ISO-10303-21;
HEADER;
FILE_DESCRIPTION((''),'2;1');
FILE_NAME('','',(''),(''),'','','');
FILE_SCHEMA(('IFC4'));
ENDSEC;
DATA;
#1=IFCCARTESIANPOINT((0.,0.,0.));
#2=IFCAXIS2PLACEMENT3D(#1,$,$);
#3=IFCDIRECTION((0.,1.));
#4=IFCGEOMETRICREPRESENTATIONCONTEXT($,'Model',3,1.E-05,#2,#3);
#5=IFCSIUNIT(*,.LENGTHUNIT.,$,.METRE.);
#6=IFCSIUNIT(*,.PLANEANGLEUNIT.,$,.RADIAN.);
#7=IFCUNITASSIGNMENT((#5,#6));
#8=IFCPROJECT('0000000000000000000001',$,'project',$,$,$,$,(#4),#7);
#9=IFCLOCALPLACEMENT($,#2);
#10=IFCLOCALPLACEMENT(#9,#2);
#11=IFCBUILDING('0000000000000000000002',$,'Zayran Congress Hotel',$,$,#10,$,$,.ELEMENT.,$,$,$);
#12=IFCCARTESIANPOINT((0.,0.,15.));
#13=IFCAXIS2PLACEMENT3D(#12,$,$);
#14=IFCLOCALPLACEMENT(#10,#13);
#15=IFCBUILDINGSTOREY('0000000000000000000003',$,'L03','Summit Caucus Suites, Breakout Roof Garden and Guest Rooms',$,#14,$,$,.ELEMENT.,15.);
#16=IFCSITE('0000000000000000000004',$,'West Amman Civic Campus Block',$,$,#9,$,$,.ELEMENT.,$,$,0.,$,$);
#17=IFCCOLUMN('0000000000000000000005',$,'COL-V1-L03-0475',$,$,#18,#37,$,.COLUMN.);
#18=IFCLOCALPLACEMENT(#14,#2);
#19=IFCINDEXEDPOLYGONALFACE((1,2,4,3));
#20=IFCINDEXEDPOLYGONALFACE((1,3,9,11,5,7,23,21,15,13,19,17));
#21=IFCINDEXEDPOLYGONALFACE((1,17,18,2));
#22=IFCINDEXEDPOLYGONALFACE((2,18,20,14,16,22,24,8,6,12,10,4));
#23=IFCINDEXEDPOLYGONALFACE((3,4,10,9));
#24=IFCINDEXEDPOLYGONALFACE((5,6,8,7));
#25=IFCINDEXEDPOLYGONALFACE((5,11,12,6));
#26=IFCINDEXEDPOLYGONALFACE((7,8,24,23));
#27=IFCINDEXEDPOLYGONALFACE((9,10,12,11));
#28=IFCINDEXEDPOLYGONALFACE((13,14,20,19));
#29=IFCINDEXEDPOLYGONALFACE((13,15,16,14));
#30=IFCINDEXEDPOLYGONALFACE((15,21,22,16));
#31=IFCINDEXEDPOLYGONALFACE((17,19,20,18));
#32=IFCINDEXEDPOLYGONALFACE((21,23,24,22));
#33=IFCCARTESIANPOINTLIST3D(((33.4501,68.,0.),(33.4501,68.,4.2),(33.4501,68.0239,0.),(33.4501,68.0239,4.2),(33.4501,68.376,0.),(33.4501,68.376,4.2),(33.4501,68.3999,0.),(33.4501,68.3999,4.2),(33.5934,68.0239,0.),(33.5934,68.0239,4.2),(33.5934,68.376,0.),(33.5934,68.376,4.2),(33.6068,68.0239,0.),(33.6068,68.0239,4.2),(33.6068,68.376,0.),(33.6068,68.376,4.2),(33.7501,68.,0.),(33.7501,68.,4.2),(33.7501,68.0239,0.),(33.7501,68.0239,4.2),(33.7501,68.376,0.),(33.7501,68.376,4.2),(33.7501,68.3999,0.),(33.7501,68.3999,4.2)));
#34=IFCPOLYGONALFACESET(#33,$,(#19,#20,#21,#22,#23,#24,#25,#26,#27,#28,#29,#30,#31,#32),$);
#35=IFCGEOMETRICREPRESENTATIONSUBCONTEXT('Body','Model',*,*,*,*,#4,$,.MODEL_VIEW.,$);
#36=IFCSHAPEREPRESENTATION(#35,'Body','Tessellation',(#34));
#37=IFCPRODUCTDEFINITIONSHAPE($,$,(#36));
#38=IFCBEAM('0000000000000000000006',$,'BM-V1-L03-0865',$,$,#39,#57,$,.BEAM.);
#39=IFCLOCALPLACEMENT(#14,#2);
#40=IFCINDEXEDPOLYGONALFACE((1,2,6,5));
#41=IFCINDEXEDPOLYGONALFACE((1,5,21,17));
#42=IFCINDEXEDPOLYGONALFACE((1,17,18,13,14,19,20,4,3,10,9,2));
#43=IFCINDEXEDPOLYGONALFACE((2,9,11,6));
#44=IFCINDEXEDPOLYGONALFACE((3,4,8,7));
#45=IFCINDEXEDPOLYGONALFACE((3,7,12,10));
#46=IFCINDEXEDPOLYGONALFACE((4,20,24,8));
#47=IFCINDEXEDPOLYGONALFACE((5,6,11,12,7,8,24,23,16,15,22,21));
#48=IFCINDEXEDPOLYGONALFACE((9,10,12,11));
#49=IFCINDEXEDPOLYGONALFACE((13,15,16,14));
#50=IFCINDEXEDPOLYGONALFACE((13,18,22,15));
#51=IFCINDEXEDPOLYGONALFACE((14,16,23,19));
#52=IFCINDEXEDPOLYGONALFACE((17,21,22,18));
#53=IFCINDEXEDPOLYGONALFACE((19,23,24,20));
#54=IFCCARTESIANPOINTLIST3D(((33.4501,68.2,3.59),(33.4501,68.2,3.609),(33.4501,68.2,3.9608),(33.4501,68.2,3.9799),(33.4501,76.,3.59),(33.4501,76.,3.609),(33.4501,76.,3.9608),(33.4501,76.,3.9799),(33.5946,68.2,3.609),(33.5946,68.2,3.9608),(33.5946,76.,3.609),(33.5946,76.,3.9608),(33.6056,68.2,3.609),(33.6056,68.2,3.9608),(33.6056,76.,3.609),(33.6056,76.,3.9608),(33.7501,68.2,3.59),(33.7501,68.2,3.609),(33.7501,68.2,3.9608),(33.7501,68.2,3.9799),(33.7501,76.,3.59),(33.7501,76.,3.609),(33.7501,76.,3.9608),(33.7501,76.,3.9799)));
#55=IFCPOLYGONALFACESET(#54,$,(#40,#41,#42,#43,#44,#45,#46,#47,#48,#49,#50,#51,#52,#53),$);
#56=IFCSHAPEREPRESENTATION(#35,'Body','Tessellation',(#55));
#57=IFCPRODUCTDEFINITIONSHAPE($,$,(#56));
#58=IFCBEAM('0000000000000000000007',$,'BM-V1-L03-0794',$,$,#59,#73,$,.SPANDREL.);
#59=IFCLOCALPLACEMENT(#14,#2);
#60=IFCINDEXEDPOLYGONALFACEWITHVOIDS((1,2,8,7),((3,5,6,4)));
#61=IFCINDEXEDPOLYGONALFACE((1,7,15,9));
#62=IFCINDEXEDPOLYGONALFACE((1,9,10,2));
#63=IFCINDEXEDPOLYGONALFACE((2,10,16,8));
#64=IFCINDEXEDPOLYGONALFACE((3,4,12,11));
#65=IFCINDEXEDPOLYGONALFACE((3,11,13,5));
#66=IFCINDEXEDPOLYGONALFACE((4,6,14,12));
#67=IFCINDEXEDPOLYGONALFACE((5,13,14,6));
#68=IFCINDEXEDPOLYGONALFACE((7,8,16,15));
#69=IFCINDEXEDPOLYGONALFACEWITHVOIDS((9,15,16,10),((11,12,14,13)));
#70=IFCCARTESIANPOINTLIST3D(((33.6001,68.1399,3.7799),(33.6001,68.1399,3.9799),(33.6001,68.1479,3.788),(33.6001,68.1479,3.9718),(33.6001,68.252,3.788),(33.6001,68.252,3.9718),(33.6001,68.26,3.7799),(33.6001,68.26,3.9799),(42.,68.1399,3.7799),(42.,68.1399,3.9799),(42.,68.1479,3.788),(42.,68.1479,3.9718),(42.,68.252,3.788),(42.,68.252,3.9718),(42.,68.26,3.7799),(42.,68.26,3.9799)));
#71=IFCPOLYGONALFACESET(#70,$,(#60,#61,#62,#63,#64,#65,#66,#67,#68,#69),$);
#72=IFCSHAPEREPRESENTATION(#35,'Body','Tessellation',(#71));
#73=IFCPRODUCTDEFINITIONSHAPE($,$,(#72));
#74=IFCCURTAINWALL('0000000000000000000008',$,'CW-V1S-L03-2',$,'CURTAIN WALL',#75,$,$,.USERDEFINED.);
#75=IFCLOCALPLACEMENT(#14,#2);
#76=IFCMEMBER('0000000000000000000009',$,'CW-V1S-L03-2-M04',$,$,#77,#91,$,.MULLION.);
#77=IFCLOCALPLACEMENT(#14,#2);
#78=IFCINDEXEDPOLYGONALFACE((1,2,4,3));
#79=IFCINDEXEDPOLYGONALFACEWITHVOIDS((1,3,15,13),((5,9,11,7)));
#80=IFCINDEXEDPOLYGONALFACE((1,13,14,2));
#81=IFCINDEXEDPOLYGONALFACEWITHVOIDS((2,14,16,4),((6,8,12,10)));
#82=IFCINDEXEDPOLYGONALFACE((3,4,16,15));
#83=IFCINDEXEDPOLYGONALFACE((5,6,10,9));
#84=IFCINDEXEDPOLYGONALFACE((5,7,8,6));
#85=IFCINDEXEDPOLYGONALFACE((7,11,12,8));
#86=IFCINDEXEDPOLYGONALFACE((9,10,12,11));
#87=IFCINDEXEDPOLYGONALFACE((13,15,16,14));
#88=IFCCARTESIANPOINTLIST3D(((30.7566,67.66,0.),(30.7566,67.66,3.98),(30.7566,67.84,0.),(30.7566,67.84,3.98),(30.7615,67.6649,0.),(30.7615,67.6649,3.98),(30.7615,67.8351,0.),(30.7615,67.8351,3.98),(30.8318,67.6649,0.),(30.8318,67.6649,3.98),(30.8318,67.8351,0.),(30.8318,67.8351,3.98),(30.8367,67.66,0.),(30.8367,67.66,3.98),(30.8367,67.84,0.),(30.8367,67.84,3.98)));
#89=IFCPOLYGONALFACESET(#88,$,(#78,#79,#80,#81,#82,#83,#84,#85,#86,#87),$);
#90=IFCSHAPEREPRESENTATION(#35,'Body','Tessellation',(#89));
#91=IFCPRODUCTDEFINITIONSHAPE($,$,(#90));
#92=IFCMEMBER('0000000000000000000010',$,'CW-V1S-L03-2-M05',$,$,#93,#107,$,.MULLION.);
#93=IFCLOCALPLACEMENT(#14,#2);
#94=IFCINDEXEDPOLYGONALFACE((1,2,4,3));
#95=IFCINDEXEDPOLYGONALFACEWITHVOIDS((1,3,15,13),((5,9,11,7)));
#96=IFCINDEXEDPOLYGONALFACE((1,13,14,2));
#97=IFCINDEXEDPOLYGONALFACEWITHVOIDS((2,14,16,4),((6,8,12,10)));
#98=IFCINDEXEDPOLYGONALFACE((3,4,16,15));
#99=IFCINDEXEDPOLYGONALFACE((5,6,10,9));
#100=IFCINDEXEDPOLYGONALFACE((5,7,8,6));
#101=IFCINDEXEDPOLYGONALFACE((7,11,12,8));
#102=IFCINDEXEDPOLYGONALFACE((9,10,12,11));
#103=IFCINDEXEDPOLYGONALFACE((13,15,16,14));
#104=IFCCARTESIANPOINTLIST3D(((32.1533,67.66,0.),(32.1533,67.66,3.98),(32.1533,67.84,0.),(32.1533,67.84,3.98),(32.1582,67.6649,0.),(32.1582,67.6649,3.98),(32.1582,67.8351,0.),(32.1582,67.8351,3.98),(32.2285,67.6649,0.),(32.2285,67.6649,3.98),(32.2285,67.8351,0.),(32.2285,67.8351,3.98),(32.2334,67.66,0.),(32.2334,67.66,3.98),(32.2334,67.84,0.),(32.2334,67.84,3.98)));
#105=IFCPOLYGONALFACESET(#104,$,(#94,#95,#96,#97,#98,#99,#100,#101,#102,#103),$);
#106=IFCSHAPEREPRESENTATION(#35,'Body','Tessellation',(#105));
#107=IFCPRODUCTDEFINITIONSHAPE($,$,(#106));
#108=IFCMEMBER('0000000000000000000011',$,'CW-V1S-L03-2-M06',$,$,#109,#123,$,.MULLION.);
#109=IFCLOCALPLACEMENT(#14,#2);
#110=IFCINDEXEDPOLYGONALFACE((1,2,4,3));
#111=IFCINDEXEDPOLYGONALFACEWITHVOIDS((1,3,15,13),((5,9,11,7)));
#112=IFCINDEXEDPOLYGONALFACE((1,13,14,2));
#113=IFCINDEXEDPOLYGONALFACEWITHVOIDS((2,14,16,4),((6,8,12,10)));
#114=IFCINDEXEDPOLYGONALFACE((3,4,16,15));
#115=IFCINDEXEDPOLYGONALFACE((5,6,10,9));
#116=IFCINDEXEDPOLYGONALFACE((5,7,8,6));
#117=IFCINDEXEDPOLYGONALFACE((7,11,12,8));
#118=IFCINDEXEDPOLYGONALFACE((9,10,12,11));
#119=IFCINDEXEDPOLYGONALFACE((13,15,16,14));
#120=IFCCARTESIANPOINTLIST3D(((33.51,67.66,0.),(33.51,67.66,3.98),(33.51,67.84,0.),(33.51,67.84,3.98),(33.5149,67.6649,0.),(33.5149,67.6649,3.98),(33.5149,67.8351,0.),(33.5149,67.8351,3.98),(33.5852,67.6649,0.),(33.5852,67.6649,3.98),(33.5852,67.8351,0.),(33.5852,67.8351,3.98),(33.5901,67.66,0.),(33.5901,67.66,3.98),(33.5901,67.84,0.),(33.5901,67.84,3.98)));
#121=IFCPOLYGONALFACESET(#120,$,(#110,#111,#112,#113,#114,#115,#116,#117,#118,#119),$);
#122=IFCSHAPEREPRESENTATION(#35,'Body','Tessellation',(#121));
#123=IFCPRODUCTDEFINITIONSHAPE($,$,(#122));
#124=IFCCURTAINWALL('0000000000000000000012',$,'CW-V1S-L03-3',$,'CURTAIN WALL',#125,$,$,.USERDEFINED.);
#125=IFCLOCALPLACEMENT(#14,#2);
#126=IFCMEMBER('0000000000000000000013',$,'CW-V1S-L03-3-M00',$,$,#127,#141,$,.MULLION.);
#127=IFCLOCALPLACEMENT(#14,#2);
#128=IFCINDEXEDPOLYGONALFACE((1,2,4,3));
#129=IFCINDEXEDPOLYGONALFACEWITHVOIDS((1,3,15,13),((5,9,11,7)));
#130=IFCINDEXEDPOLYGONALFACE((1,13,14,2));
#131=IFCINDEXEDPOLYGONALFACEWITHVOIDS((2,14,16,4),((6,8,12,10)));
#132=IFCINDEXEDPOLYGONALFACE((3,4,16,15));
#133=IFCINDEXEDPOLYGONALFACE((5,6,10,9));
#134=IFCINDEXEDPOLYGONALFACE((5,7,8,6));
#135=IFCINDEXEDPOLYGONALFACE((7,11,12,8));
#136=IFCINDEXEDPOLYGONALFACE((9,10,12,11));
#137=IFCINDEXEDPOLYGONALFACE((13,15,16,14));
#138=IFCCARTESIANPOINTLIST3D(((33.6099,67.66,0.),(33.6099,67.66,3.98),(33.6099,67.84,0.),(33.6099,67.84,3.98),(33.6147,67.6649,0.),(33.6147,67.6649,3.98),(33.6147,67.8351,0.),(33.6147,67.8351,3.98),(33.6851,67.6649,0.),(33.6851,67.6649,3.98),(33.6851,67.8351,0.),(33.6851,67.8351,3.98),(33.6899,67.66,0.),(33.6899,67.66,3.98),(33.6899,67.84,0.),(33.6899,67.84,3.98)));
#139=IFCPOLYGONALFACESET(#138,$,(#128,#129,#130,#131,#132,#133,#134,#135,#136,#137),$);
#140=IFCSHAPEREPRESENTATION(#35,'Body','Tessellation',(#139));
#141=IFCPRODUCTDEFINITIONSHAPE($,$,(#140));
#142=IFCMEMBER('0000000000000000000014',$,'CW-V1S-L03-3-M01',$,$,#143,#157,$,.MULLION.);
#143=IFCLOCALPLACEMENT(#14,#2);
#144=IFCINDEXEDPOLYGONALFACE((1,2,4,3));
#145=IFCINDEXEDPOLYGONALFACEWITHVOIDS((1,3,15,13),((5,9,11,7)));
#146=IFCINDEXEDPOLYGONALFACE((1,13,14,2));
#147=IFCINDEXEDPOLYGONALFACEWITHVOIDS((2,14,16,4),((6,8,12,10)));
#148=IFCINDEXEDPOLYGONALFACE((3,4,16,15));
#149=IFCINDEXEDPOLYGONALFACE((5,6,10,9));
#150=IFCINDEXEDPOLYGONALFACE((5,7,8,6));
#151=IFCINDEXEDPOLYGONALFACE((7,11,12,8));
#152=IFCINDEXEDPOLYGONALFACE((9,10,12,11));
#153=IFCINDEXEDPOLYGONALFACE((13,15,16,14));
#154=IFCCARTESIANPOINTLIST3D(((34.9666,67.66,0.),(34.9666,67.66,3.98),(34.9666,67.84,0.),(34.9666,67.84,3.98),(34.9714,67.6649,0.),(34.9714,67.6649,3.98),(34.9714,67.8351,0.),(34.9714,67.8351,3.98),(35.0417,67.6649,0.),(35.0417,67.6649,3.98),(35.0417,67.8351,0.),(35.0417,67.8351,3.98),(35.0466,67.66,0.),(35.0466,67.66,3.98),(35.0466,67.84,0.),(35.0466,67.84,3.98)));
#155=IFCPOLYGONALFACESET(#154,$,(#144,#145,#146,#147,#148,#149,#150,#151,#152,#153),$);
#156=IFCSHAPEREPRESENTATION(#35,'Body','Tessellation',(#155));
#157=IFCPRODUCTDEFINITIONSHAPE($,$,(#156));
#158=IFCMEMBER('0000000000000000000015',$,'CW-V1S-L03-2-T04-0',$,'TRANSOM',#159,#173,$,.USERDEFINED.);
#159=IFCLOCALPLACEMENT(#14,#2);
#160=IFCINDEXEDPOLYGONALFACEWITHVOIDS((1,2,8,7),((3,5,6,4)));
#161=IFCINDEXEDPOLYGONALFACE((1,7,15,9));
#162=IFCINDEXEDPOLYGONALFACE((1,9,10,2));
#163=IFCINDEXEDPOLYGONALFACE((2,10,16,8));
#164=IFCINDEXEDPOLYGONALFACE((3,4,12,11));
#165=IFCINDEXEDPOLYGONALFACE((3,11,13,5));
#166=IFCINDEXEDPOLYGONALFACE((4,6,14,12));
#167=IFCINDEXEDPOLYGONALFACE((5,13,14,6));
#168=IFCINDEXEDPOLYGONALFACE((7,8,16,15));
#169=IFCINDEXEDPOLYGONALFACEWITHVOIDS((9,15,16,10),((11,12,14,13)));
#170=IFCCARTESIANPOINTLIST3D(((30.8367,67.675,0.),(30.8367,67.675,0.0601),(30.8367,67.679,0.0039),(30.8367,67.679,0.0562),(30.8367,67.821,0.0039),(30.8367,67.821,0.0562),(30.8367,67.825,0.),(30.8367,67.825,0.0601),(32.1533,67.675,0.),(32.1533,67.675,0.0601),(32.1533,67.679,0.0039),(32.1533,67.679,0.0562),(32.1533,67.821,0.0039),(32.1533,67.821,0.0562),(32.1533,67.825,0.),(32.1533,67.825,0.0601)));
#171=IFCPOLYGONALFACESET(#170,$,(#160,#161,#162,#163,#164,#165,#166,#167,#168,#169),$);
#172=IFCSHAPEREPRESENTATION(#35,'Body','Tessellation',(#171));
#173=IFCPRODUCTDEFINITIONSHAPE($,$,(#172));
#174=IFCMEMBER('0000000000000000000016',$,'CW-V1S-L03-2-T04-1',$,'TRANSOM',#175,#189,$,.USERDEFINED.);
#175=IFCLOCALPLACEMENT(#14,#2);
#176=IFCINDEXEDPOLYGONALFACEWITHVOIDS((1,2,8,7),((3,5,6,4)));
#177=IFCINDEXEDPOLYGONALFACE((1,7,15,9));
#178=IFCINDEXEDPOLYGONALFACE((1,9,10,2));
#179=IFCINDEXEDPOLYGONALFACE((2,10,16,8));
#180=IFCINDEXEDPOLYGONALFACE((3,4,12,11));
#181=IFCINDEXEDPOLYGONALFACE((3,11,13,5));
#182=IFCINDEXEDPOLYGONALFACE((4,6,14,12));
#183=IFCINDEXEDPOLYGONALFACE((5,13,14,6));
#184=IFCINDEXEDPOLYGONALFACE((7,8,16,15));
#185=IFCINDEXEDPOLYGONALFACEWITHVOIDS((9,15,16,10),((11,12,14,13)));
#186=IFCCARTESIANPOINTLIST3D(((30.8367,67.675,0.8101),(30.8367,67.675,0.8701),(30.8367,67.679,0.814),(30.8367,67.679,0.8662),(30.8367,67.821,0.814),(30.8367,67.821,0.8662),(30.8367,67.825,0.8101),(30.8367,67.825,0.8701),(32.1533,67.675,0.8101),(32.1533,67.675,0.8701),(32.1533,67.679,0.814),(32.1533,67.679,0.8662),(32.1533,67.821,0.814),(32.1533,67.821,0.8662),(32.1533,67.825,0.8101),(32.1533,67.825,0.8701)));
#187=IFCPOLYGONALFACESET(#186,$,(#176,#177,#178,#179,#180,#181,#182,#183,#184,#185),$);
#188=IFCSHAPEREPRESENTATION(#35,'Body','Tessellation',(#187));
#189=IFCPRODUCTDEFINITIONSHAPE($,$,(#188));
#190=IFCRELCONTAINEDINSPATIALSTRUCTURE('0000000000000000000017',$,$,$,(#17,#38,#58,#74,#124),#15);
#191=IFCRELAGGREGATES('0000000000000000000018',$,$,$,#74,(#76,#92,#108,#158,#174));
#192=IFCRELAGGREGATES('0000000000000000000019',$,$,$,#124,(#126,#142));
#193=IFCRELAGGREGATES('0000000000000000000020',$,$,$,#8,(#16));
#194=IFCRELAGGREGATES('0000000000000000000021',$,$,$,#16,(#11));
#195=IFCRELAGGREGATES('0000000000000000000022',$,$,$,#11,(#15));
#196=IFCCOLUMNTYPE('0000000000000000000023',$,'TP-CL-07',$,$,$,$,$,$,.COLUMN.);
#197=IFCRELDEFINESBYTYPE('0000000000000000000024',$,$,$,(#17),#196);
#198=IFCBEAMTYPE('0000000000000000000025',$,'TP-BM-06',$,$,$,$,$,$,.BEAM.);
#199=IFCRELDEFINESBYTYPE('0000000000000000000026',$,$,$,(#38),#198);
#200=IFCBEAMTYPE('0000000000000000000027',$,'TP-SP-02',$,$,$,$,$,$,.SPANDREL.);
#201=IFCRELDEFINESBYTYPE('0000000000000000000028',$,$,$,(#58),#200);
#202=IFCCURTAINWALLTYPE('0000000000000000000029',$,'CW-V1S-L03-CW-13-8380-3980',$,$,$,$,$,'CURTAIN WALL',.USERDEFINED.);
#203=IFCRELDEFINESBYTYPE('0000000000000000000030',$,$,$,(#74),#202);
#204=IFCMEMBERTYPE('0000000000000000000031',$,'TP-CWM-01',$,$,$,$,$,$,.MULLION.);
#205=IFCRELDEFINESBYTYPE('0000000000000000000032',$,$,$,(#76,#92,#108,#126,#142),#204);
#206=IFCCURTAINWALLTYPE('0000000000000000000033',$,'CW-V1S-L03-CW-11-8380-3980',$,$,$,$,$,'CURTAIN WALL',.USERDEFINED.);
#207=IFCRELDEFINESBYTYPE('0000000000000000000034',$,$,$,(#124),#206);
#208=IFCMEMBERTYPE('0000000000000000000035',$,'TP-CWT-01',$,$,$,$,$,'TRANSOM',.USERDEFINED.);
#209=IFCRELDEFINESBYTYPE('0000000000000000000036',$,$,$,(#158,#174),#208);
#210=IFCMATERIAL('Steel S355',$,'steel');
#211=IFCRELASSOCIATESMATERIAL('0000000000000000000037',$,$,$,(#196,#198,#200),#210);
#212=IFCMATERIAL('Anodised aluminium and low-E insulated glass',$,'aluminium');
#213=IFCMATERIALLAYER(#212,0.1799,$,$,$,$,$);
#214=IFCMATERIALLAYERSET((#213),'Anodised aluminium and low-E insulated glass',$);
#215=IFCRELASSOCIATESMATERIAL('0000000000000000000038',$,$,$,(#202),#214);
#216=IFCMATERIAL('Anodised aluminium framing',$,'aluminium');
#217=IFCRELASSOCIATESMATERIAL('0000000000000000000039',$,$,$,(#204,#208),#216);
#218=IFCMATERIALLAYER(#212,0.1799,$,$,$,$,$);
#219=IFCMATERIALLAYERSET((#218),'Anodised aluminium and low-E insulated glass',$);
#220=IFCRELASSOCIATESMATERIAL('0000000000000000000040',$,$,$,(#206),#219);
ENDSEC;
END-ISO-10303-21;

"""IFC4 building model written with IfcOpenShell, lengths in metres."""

from ifc_helpers import new_model, si_unit, direction, frame, origin, origin_2d, place, context, subcontext, project, spatial, hollow_rectangle, i_section, extrude, material, layer, layer_set, material_profile, profile_set, type_object, element, aggregate, save


model = new_model("IFC4")

# Units and contexts
model_context = context("Model", 3, precision=1e-05, world=origin(), true_north=direction((0.0, 1.0)))
body_context = subcontext(model_context, "Body", "Model", "MODEL_VIEW")
ifc_project = project(units=[si_unit("LENGTHUNIT", "METRE"), si_unit("PLANEANGLEUNIT", "RADIAN")], contexts=[model_context])

# Site, building, storey
site_placement = place(None, origin())
site = spatial("IfcSite", under=ifc_project, at=site_placement, Name="West Amman Civic Campus Block", CompositionType="ELEMENT", RefElevation=0.0)
building_placement = place(site_placement, origin())
building = spatial("IfcBuilding", under=site, at=building_placement, Name="Zayran Congress Hotel", CompositionType="ELEMENT")
storey_placement = place(building_placement, frame((0.0, 0.0, 15.0)))
storey = spatial("IfcBuildingStorey", under=building, at=storey_placement, Name="L03", Description="Summit Caucus Suites, Breakout Roof Garden and Guest Rooms", CompositionType="ELEMENT", Elevation=15.0)

# Column
ifc_material_1 = material(Name="Steel S355", Category="steel")
ifc_material_profile_1 = material_profile(ifc_material_1, i_section(OverallWidth=0.3, OverallDepth=0.3999, WebThickness=0.0134, FlangeThickness=0.0239, at=origin_2d()), Name="HEB 400")
ifc_profile_set_1 = profile_set([ifc_material_profile_1], Name="Steel S355")
column_type = type_object("IfcColumnType", Name="TP-CL-07", PredefinedType="COLUMN", material=ifc_profile_set_1)
column_placement = place(storey_placement, frame((33.6001, 68.2, 0.0), z_axis=(0.0, 0.0, 1.0), x_axis=(1.0, 0.0, 0.0)))
element("IfcColumn", 1, at=column_placement, inside=storey, type_object=column_type, Name="COL-V1-L03-0475", PredefinedType="COLUMN", context=body_context, shape_type="SweptSolid", body=[
    extrude(i_section(OverallWidth=0.3, OverallDepth=0.3999, WebThickness=0.0134, FlangeThickness=0.0239, at=origin_2d()), origin(), (0.0, 0.0, 1.0), 4.2),
])

# Beams
ifc_material_profile_2 = material_profile(ifc_material_1, i_section(OverallWidth=0.3, OverallDepth=0.3899, WebThickness=0.011, FlangeThickness=0.019, at=origin_2d()), Name="HEA 400")
ifc_profile_set_2 = profile_set([ifc_material_profile_2], Name="Steel S355")
beam_type_1 = type_object("IfcBeamType", Name="TP-BM-06", PredefinedType="BEAM", material=ifc_profile_set_2)
beam_1_placement = place(storey_placement, frame((33.6001, 68.2, 3.7849), z_axis=(0.0, 1.0, 0.0), x_axis=(-1.0, 0.0, 0.0)))
element("IfcBeam", 2, at=beam_1_placement, inside=storey, type_object=beam_type_1, Name="BM-V1-L03-0865", PredefinedType="BEAM", context=body_context, shape_type="SweptSolid", body=[
    extrude(i_section(OverallWidth=0.3, OverallDepth=0.3899, WebThickness=0.011, FlangeThickness=0.019, at=origin_2d()), origin(), (0.0, 0.0, 1.0), 7.8),
])
ifc_material_profile_3 = material_profile(ifc_material_1, hollow_rectangle(XDim=0.1201, YDim=0.2, WallThickness=0.0081, at=origin_2d()), Name="RHS 200x120x8")
ifc_profile_set_3 = profile_set([ifc_material_profile_3], Name="Steel S355")
beam_type_2 = type_object("IfcBeamType", Name="TP-SP-02", PredefinedType="SPANDREL", material=ifc_profile_set_3)
beam_2_placement = place(storey_placement, frame((33.6001, 68.2, 3.8799), z_axis=(1.0, 0.0, 0.0), x_axis=(0.0, 1.0, 0.0)))
element("IfcBeam", 3, at=beam_2_placement, inside=storey, type_object=beam_type_2, Name="BM-V1-L03-0794", PredefinedType="SPANDREL", context=body_context, shape_type="SweptSolid", body=[
    extrude(hollow_rectangle(XDim=0.1201, YDim=0.2, WallThickness=0.0081, at=origin_2d()), origin(), (0.0, 0.0, 1.0), 8.3999),
])

# Curtain walls, members
ifc_material_2 = material(Name="Anodised aluminium and low-E insulated glass", Category="aluminium")
ifc_layer_1 = layer(ifc_material_2, 0.1799)
ifc_layer_set_1 = layer_set([ifc_layer_1], Name="Anodised aluminium and low-E insulated glass")
curtain_wall_type_1 = type_object("IfcCurtainWallType", Name="CW-V1S-L03-CW-13-8380-3980", ElementType="CURTAIN WALL", PredefinedType="USERDEFINED", material=ifc_layer_set_1)
curtain_wall_1_placement = place(storey_placement, origin())
curtain_wall_1 = element("IfcCurtainWall", 4, at=curtain_wall_1_placement, inside=storey, type_object=curtain_wall_type_1, Name="CW-V1S-L03-2", ObjectType="CURTAIN WALL", PredefinedType="USERDEFINED")
ifc_material_3 = material(Name="Anodised aluminium framing", Category="aluminium")
ifc_material_profile_4 = material_profile(ifc_material_3, hollow_rectangle(XDim=0.0801, YDim=0.1799, WallThickness=0.0049, at=origin_2d()), Name="RHS 180x80x5")
ifc_profile_set_4 = profile_set([ifc_material_profile_4], Name="Anodised aluminium framing")
member_type_1 = type_object("IfcMemberType", Name="TP-CWM-01", PredefinedType="MULLION", material=ifc_profile_set_4)
member_1_placement = place(storey_placement, frame((30.7966, 67.75, 0.0), z_axis=(0.0, 0.0, 1.0), x_axis=(1.0, 0.0, 0.0)))
member_1 = element("IfcMember", 5, at=member_1_placement, type_object=member_type_1, Name="CW-V1S-L03-2-M04", PredefinedType="MULLION", context=body_context, shape_type="SweptSolid", body=[
    extrude(hollow_rectangle(XDim=0.0801, YDim=0.1799, WallThickness=0.0049, at=origin_2d()), origin(), (0.0, 0.0, 1.0), 3.98),
])
member_2_placement = place(storey_placement, frame((32.1934, 67.75, 0.0), z_axis=(0.0, 0.0, 1.0), x_axis=(1.0, 0.0, 0.0)))
member_2 = element("IfcMember", 6, at=member_2_placement, type_object=member_type_1, Name="CW-V1S-L03-2-M05", PredefinedType="MULLION", context=body_context, shape_type="SweptSolid", body=[
    extrude(hollow_rectangle(XDim=0.0801, YDim=0.1799, WallThickness=0.0049, at=origin_2d()), origin(), (0.0, 0.0, 1.0), 3.98),
])
member_3_placement = place(storey_placement, frame((33.55, 67.75, 0.0), z_axis=(0.0, 0.0, 1.0), x_axis=(1.0, 0.0, 0.0)))
member_3 = element("IfcMember", 7, at=member_3_placement, type_object=member_type_1, Name="CW-V1S-L03-2-M06", PredefinedType="MULLION", context=body_context, shape_type="SweptSolid", body=[
    extrude(hollow_rectangle(XDim=0.0801, YDim=0.1799, WallThickness=0.0049, at=origin_2d()), origin(), (0.0, 0.0, 1.0), 3.98),
])
ifc_layer_2 = layer(ifc_material_2, 0.1799)
ifc_layer_set_2 = layer_set([ifc_layer_2], Name="Anodised aluminium and low-E insulated glass")
curtain_wall_type_2 = type_object("IfcCurtainWallType", Name="CW-V1S-L03-CW-11-8380-3980", ElementType="CURTAIN WALL", PredefinedType="USERDEFINED", material=ifc_layer_set_2)
curtain_wall_2_placement = place(storey_placement, origin())
curtain_wall_2 = element("IfcCurtainWall", 8, at=curtain_wall_2_placement, inside=storey, type_object=curtain_wall_type_2, Name="CW-V1S-L03-3", ObjectType="CURTAIN WALL", PredefinedType="USERDEFINED")
member_4_placement = place(storey_placement, frame((33.6499, 67.75, 0.0), z_axis=(0.0, 0.0, 1.0), x_axis=(1.0, 0.0, 0.0)))
member_4 = element("IfcMember", 9, at=member_4_placement, type_object=member_type_1, Name="CW-V1S-L03-3-M00", PredefinedType="MULLION", context=body_context, shape_type="SweptSolid", body=[
    extrude(hollow_rectangle(XDim=0.0801, YDim=0.1799, WallThickness=0.0049, at=origin_2d()), origin(), (0.0, 0.0, 1.0), 3.98),
])
member_5_placement = place(storey_placement, frame((35.0066, 67.75, 0.0), z_axis=(0.0, 0.0, 1.0), x_axis=(1.0, 0.0, 0.0)))
member_5 = element("IfcMember", 10, at=member_5_placement, type_object=member_type_1, Name="CW-V1S-L03-3-M01", PredefinedType="MULLION", context=body_context, shape_type="SweptSolid", body=[
    extrude(hollow_rectangle(XDim=0.0801, YDim=0.1799, WallThickness=0.0049, at=origin_2d()), origin(), (0.0, 0.0, 1.0), 3.98),
])

# Members
ifc_material_profile_5 = material_profile(ifc_material_3, hollow_rectangle(XDim=0.0601, YDim=0.1499, WallThickness=0.0039, at=origin_2d()), Name="RHS 150x60x4")
ifc_profile_set_5 = profile_set([ifc_material_profile_5], Name="Anodised aluminium framing")
member_type_2 = type_object("IfcMemberType", Name="TP-CWT-01", ElementType="TRANSOM", PredefinedType="USERDEFINED", material=ifc_profile_set_5)
member_6_placement = place(storey_placement, frame((30.8367, 67.75, 0.03), z_axis=(1.0, 0.0, 0.0), x_axis=(0.0, 0.0, 1.0)))
member_6 = element("IfcMember", 11, at=member_6_placement, type_object=member_type_2, Name="CW-V1S-L03-2-T04-0", ObjectType="TRANSOM", PredefinedType="USERDEFINED", context=body_context, shape_type="SweptSolid", body=[
    extrude(hollow_rectangle(XDim=0.0601, YDim=0.1499, WallThickness=0.0039, at=origin_2d()), origin(), (0.0, 0.0, 1.0), 1.3167),
])
member_7_placement = place(storey_placement, frame((30.8367, 67.75, 0.8401), z_axis=(1.0, 0.0, 0.0), x_axis=(0.0, 0.0, 1.0)))
member_7 = element("IfcMember", 12, at=member_7_placement, type_object=member_type_2, Name="CW-V1S-L03-2-T04-1", ObjectType="TRANSOM", PredefinedType="USERDEFINED", context=body_context, shape_type="SweptSolid", body=[
    extrude(hollow_rectangle(XDim=0.0601, YDim=0.1499, WallThickness=0.0039, at=origin_2d()), origin(), (0.0, 0.0, 1.0), 1.3167),
])

aggregate(curtain_wall_1, [member_1, member_2, member_3, member_6, member_7])
aggregate(curtain_wall_2, [member_4, member_5])

save(model, "model.ifc")
